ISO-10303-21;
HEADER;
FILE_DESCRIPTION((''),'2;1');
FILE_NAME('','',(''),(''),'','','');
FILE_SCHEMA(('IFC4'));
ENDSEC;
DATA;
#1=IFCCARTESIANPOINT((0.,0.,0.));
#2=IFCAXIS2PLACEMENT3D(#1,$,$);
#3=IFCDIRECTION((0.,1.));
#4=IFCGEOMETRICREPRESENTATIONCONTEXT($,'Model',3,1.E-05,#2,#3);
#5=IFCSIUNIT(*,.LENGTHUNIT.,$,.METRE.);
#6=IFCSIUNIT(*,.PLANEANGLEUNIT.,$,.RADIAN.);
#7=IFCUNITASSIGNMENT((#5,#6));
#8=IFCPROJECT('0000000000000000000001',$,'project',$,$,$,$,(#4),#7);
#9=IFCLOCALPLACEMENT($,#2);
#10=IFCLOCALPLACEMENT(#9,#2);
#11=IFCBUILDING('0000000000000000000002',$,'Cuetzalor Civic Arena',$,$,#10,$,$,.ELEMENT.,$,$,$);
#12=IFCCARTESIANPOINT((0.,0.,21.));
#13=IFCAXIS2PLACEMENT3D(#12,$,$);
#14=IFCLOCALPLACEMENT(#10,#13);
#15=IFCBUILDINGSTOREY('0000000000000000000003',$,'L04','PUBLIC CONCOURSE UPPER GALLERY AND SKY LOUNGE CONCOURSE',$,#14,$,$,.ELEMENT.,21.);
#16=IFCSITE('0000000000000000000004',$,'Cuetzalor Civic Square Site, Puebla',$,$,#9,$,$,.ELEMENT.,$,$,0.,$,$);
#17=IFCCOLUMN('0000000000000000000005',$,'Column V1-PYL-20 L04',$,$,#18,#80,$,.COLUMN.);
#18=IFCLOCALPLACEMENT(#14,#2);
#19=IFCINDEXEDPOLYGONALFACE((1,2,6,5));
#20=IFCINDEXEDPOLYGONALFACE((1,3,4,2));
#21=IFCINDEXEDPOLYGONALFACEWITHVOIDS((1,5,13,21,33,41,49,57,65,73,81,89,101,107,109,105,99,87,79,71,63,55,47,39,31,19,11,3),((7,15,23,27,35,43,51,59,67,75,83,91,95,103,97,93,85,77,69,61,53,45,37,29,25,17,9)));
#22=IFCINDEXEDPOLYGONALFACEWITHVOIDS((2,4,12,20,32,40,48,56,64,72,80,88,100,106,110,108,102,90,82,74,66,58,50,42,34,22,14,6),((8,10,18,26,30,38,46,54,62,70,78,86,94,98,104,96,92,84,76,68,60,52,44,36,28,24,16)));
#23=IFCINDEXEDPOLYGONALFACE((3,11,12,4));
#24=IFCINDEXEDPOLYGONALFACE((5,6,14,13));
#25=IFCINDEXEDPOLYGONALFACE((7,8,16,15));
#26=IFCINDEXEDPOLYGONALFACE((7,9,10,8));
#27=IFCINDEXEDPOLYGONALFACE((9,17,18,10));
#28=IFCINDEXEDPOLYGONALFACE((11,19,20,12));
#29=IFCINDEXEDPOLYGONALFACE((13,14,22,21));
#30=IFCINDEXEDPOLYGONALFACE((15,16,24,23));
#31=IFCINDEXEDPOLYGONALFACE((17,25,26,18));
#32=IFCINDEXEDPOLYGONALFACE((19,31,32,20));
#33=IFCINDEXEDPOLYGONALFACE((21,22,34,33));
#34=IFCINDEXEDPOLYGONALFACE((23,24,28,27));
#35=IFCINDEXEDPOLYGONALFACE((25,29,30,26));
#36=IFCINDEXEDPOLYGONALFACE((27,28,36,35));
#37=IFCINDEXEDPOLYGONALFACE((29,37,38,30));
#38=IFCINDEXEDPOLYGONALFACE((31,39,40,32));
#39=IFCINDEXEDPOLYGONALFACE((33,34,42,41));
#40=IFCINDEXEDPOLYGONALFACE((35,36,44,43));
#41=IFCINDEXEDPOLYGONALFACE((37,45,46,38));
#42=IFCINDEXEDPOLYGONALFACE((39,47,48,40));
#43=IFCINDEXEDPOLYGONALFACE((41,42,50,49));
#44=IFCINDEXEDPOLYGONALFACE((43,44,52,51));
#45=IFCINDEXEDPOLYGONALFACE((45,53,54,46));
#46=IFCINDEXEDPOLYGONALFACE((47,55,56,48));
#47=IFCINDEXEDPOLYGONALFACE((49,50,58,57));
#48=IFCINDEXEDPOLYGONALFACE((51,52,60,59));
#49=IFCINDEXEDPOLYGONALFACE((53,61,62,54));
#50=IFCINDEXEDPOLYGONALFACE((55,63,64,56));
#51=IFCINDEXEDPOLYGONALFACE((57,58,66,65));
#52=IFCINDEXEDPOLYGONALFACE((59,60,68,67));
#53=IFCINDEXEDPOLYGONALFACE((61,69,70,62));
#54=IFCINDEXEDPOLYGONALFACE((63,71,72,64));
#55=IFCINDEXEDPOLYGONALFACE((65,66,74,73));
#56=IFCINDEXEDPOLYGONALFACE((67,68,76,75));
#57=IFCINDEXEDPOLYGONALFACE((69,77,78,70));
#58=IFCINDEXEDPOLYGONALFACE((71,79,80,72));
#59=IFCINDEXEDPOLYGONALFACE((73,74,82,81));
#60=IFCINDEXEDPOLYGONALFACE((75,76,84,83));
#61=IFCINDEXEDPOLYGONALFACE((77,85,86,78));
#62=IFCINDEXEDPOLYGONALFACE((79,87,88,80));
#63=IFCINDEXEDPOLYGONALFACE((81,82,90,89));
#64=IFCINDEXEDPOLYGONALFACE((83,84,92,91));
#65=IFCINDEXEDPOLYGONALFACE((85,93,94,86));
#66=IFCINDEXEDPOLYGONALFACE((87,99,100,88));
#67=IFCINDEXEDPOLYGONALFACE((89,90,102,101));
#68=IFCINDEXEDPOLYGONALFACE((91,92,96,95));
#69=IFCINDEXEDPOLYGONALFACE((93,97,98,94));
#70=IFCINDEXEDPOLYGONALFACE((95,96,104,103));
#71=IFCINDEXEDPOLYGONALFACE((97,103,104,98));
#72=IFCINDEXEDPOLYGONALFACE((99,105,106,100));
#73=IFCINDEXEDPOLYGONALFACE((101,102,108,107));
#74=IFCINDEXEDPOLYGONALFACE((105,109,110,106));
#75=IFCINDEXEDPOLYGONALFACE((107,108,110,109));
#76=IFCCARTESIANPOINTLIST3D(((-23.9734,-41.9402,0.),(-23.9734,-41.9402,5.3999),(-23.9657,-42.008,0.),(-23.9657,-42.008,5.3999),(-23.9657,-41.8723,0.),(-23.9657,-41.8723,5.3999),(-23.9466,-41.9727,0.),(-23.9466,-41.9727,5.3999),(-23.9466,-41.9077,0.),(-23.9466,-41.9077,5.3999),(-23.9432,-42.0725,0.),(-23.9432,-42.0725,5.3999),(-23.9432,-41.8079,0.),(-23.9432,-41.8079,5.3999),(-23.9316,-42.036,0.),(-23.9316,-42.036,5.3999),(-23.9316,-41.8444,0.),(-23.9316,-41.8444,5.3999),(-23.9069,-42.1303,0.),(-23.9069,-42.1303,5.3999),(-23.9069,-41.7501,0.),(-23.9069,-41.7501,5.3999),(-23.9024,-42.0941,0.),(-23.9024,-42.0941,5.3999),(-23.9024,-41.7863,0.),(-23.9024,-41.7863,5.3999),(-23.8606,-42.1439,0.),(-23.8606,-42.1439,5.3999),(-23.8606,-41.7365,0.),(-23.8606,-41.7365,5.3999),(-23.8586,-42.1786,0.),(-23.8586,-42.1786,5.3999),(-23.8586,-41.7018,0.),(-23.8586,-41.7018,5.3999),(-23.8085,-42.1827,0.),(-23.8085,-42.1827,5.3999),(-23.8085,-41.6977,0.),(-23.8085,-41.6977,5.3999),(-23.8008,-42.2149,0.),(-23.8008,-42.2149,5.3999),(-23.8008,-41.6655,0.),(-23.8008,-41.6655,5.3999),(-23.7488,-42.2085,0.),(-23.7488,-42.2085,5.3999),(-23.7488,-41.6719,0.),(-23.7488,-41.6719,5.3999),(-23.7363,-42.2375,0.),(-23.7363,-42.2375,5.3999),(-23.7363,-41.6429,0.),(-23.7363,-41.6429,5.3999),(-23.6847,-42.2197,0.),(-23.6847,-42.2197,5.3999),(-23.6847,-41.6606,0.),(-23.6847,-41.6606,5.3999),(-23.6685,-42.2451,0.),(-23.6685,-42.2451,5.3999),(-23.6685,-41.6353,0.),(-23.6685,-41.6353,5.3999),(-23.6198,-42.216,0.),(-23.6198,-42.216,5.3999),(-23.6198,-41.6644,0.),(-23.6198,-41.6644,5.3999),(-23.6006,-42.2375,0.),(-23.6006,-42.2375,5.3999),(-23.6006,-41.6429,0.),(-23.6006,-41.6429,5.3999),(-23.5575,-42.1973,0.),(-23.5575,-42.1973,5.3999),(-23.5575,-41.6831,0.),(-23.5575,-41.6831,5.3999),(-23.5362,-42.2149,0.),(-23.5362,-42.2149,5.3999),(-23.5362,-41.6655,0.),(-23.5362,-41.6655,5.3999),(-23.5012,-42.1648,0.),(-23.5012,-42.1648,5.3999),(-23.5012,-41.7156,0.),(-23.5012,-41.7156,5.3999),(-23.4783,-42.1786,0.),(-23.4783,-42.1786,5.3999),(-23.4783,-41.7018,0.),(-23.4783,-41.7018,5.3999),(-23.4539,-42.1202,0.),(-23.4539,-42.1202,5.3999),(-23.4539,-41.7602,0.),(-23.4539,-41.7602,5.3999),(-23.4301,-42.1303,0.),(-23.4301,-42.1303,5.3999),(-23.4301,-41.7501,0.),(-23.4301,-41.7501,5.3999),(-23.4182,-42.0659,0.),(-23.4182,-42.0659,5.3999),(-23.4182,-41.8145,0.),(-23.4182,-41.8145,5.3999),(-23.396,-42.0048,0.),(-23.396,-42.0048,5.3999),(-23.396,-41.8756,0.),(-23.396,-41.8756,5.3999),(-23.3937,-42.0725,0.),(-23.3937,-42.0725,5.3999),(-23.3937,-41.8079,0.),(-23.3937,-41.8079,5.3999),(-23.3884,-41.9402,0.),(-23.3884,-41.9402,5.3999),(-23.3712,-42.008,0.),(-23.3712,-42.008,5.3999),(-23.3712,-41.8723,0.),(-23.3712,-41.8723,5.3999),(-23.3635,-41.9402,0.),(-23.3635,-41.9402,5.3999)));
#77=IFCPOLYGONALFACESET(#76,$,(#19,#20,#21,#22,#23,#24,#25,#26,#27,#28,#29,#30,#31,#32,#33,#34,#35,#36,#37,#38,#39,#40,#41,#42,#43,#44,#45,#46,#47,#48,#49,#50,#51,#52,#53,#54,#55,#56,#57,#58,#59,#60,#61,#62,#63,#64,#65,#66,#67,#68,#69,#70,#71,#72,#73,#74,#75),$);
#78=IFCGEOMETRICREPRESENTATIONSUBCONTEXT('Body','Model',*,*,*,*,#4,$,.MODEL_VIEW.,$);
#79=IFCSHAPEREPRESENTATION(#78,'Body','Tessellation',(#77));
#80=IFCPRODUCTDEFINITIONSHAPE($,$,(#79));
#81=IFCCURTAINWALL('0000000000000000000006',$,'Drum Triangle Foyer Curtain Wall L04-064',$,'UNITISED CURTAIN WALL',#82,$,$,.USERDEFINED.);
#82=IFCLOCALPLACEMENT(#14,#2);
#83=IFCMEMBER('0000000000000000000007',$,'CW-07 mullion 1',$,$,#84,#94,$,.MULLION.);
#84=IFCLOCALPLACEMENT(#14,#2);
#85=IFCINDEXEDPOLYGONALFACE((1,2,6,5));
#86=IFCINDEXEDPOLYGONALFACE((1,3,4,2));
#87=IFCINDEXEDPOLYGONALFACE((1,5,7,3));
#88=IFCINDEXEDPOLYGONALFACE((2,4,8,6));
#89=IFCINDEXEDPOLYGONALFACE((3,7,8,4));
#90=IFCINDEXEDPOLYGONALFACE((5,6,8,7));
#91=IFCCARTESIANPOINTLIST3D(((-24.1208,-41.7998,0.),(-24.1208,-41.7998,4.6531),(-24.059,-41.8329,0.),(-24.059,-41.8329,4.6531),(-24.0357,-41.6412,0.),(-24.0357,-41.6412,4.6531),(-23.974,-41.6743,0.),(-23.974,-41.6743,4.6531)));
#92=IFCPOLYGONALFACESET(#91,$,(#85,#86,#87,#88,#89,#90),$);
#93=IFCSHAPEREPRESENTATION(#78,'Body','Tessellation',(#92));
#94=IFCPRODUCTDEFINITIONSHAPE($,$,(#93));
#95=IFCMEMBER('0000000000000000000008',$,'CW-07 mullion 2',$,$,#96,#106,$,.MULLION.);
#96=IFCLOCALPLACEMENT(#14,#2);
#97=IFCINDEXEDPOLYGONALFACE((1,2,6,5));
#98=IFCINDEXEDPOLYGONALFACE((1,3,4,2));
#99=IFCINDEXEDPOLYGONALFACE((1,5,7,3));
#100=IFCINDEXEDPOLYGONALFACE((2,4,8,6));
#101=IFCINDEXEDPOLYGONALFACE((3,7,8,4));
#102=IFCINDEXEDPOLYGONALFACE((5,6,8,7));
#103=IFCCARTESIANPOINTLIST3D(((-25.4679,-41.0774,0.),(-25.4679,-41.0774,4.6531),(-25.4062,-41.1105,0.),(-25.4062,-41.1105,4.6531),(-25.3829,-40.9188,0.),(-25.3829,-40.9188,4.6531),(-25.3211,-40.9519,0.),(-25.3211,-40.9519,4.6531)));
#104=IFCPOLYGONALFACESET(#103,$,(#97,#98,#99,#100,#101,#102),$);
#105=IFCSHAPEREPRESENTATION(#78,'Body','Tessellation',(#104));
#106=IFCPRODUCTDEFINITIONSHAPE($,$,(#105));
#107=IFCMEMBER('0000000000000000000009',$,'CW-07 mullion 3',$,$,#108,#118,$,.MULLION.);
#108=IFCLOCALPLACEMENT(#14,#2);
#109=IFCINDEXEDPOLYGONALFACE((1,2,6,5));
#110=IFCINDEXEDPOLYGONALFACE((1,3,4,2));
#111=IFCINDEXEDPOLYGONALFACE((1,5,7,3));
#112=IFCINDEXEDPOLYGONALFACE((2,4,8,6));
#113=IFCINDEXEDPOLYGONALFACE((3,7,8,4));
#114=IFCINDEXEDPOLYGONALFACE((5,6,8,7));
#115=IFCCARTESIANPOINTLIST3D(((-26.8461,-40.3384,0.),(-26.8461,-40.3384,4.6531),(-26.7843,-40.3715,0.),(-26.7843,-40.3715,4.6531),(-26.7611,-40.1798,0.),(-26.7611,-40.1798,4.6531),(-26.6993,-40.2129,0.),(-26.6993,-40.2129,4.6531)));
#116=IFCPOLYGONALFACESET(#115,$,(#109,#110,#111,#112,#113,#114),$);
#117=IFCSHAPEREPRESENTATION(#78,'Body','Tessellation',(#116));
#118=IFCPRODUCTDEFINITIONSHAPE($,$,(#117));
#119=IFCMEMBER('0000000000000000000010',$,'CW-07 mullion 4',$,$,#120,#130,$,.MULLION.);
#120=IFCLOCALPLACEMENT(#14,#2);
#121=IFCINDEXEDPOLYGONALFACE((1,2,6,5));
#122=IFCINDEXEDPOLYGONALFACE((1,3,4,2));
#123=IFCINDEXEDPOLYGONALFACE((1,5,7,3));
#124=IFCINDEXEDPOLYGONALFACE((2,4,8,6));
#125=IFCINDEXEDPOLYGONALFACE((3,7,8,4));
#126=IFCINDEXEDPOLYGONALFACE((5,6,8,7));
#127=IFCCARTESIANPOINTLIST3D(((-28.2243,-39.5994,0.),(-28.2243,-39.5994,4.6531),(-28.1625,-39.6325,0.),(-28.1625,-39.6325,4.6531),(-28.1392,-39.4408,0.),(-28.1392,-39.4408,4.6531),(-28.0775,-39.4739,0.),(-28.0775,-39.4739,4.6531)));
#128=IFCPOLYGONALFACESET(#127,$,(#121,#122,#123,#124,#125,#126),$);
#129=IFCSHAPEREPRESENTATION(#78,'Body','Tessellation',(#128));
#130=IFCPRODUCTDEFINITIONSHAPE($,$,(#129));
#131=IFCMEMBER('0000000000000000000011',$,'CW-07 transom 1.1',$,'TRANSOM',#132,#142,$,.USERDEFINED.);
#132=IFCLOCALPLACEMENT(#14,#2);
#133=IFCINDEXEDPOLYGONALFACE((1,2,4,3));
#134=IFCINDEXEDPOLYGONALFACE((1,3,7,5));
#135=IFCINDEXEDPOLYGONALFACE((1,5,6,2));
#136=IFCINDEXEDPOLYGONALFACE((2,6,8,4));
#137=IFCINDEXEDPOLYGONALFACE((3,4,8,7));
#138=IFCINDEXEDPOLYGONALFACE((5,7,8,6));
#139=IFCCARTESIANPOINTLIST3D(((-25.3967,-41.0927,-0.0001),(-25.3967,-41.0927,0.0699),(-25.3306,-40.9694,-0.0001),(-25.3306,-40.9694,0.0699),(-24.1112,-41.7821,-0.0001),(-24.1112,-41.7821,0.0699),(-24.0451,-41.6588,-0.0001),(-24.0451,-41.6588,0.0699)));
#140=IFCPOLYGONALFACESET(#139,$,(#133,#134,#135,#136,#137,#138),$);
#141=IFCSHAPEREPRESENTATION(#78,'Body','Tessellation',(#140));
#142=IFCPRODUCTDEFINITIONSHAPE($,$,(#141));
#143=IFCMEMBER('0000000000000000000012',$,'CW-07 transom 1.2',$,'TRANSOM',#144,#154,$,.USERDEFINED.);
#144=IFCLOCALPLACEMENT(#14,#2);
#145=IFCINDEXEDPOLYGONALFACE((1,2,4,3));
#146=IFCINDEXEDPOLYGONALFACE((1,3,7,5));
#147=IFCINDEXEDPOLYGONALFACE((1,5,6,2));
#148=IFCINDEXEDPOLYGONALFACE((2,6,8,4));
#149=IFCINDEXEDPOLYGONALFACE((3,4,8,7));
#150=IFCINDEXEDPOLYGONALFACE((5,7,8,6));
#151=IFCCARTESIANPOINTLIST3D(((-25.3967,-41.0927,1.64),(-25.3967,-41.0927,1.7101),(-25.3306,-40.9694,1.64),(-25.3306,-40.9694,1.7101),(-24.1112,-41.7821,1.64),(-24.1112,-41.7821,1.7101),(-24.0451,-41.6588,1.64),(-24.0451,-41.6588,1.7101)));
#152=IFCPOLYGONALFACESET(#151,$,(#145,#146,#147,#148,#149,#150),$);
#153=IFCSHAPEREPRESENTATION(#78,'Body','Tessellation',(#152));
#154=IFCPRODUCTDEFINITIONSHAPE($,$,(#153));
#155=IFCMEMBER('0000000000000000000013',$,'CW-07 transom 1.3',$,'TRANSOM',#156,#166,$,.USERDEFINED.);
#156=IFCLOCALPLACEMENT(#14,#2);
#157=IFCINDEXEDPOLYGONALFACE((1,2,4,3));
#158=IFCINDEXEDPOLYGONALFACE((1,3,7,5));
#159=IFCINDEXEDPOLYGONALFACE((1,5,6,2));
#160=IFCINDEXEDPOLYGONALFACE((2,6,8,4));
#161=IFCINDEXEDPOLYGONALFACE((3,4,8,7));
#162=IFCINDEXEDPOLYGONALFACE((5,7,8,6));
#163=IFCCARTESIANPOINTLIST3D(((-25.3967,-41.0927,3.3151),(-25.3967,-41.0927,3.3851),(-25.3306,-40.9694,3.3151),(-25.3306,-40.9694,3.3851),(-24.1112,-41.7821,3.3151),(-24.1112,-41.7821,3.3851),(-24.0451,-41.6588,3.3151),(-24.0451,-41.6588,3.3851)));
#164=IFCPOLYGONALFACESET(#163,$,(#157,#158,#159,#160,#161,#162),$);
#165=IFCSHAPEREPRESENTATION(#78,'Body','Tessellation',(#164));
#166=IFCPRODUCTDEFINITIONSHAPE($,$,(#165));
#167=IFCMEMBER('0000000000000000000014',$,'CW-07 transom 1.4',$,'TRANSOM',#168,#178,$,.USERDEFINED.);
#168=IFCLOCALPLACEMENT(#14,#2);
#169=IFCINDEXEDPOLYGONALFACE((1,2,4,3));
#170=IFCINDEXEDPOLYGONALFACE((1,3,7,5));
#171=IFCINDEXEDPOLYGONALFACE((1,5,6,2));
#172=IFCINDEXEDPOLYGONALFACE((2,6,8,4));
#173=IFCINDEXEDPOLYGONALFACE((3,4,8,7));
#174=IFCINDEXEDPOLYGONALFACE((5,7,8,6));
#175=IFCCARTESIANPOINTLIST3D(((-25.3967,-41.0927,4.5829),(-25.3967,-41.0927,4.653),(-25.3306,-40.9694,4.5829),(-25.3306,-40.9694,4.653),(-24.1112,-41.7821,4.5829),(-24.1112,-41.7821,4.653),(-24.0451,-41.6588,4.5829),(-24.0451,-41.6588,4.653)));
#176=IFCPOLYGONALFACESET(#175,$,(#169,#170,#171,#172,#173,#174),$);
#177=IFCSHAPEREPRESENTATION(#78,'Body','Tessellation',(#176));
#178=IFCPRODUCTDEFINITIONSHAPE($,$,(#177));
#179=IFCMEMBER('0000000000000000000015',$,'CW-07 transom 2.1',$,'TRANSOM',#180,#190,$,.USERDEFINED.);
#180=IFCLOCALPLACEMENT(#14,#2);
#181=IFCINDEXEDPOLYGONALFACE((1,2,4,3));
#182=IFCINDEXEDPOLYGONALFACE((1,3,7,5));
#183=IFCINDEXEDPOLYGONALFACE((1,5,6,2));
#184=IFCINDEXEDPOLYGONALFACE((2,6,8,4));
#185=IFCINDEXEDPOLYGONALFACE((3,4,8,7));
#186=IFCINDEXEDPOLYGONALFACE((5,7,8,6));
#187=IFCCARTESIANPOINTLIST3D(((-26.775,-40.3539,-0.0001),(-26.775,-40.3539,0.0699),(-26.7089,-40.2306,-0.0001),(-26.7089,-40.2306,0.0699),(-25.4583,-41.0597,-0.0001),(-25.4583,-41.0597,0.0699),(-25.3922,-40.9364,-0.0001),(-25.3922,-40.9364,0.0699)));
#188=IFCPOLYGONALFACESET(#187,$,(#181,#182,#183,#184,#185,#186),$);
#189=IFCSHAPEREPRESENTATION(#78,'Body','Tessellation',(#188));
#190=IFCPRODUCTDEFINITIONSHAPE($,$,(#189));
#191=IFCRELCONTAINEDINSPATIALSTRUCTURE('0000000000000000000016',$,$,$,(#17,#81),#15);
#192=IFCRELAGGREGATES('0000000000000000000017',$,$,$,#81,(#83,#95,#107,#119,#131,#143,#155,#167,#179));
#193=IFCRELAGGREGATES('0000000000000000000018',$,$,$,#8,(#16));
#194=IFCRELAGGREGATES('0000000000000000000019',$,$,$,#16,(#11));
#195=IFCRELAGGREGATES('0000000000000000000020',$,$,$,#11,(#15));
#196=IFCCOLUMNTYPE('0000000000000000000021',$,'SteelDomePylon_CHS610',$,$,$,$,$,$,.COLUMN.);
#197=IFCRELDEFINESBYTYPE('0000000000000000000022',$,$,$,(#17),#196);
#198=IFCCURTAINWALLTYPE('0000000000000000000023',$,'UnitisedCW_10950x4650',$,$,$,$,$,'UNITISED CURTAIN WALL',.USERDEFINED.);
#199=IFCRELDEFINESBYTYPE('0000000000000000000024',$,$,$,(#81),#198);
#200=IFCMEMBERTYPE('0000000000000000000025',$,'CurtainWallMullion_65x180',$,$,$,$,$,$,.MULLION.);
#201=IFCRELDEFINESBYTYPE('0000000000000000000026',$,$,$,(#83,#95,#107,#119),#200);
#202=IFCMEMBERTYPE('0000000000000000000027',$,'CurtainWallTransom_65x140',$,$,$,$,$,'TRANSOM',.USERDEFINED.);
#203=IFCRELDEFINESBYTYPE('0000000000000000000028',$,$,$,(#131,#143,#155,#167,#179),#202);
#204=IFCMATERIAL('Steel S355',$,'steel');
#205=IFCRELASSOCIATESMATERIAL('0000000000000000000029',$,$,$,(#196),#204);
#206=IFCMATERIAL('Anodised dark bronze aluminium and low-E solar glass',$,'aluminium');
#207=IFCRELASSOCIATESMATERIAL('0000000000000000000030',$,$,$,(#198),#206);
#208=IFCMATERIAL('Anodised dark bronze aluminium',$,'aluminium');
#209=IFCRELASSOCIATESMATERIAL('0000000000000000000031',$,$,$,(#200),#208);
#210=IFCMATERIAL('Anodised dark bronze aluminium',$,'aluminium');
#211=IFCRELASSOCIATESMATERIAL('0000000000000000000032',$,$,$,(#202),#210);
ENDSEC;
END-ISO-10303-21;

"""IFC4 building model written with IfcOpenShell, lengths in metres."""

from ifc_helpers import new_model, si_unit, direction, frame, origin, origin_2d, place, context, subcontext, project, spatial, rectangle, hollow_circle, extrude, material, material_profile, profile_set, type_object, element, aggregate, save


model = new_model("IFC4")

# Units and contexts
model_context = context("Model", 3, precision=1e-05, world=origin(), true_north=direction((0.0, 1.0)))
body_context = subcontext(model_context, "Body", "Model", "MODEL_VIEW")
ifc_project = project(units=[si_unit("LENGTHUNIT", "METRE"), si_unit("PLANEANGLEUNIT", "RADIAN")], contexts=[model_context])

# Site, building, storey
site_placement = place(None, origin())
site = spatial("IfcSite", under=ifc_project, at=site_placement, Name="Cuetzalor Civic Square Site, Puebla", CompositionType="ELEMENT", RefElevation=0.0)
building_placement = place(site_placement, origin())
building = spatial("IfcBuilding", under=site, at=building_placement, Name="Cuetzalor Civic Arena", CompositionType="ELEMENT")
storey_placement = place(building_placement, frame((0.0, 0.0, 21.0)))
storey = spatial("IfcBuildingStorey", under=building, at=storey_placement, Name="L04", Description="PUBLIC CONCOURSE UPPER GALLERY AND SKY LOUNGE CONCOURSE", CompositionType="ELEMENT", Elevation=21.0)

# Column
ifc_material_1 = material(Name="Steel S355", Category="steel")
ifc_material_profile_1 = material_profile(ifc_material_1, hollow_circle(Radius=0.3049, WallThickness=0.0249, at=origin_2d()), Name="CHS 610x25")
ifc_profile_set_1 = profile_set([ifc_material_profile_1], Name="Steel S355")
column_type = type_object("IfcColumnType", Name="SteelDomePylon_CHS610", PredefinedType="COLUMN", material=ifc_profile_set_1)
column_placement = place(storey_placement, frame((-23.6685, -41.9402, 0.0), z_axis=(0.0, 0.0, 1.0), x_axis=(1.0, 0.0, 0.0)))
element("IfcColumn", 1, at=column_placement, inside=storey, type_object=column_type, Name="Column V1-PYL-20 L04", PredefinedType="COLUMN", context=body_context, shape_type="SweptSolid", body=[
    extrude(hollow_circle(Radius=0.3049, WallThickness=0.0249, at=origin_2d()), origin(), (0.0, 0.0, 1.0), 5.3999),
])

# Curtain wall, members
ifc_material_2 = material(Name="Anodised dark bronze aluminium and low-E solar glass", Category="aluminium")
curtain_wall_type = type_object("IfcCurtainWallType", Name="UnitisedCW_10950x4650", ElementType="UNITISED CURTAIN WALL", PredefinedType="USERDEFINED", material=ifc_material_2)
curtain_wall_placement = place(storey_placement, origin())
curtain_wall = element("IfcCurtainWall", 2, at=curtain_wall_placement, inside=storey, type_object=curtain_wall_type, Name="Drum Triangle Foyer Curtain Wall L04-064", ObjectType="UNITISED CURTAIN WALL", PredefinedType="USERDEFINED")
ifc_material_3 = material(Name="Anodised dark bronze aluminium", Category="aluminium")
ifc_material_profile_2 = material_profile(ifc_material_3, rectangle(XDim=0.0701, YDim=0.1799, at=origin_2d()), Name="ALU MULLION 70x180")
ifc_profile_set_2 = profile_set([ifc_material_profile_2], Name="Anodised dark bronze aluminium")
member_type_1 = type_object("IfcMemberType", Name="CurtainWallMullion_65x180", PredefinedType="MULLION", material=ifc_profile_set_2)
member_1_placement = place(storey_placement, frame((-24.0474, -41.7371, 0.0), z_axis=(0.0, 0.0, 1.0), x_axis=(-0.881306, 0.472545, 0.0)))
member_1 = element("IfcMember", 3, at=member_1_placement, type_object=member_type_1, Name="CW-07 mullion 1", PredefinedType="MULLION", context=body_context, shape_type="SweptSolid", body=[
    extrude(rectangle(XDim=0.0701, YDim=0.1799, at=origin_2d()), origin(), (0.0, 0.0, 1.0), 4.6531),
])
member_2_placement = place(storey_placement, frame((-25.3945, -41.0146, 0.0), z_axis=(0.0, 0.0, 1.0), x_axis=(-0.881306, 0.472545, 0.0)))
member_2 = element("IfcMember", 4, at=member_2_placement, type_object=member_type_1, Name="CW-07 mullion 2", PredefinedType="MULLION", context=body_context, shape_type="SweptSolid", body=[
    extrude(rectangle(XDim=0.0701, YDim=0.1799, at=origin_2d()), origin(), (0.0, 0.0, 1.0), 4.6531),
])
member_3_placement = place(storey_placement, frame((-26.7727, -40.2756, 0.0), z_axis=(0.0, 0.0, 1.0), x_axis=(-0.881306, 0.472545, 0.0)))
member_3 = element("IfcMember", 5, at=member_3_placement, type_object=member_type_1, Name="CW-07 mullion 3", PredefinedType="MULLION", context=body_context, shape_type="SweptSolid", body=[
    extrude(rectangle(XDim=0.0701, YDim=0.1799, at=origin_2d()), origin(), (0.0, 0.0, 1.0), 4.6531),
])
member_4_placement = place(storey_placement, frame((-28.1509, -39.5366, 0.0), z_axis=(0.0, 0.0, 1.0), x_axis=(-0.881306, 0.472545, 0.0)))
member_4 = element("IfcMember", 6, at=member_4_placement, type_object=member_type_1, Name="CW-07 mullion 4", PredefinedType="MULLION", context=body_context, shape_type="SweptSolid", body=[
    extrude(rectangle(XDim=0.0701, YDim=0.1799, at=origin_2d()), origin(), (0.0, 0.0, 1.0), 4.6531),
])
ifc_material_4 = material(Name="Anodised dark bronze aluminium", Category="aluminium")
ifc_material_profile_3 = material_profile(ifc_material_4, rectangle(XDim=0.1399, YDim=0.0701, at=origin_2d()), Name="ALU TRANSOM 70x140")
ifc_profile_set_3 = profile_set([ifc_material_profile_3], Name="Anodised dark bronze aluminium")
member_type_2 = type_object("IfcMemberType", Name="CurtainWallTransom_65x140", ElementType="TRANSOM", PredefinedType="USERDEFINED", material=ifc_profile_set_3)
member_5_placement = place(storey_placement, frame((-24.0781, -41.7205, 0.0349), z_axis=(-0.881276, 0.472602, 0.0), x_axis=(-0.472602, -0.881276, 0.0)))
member_5 = element("IfcMember", 7, at=member_5_placement, type_object=member_type_2, Name="CW-07 transom 1.1", ObjectType="TRANSOM", PredefinedType="USERDEFINED", context=body_context, shape_type="SweptSolid", body=[
    extrude(rectangle(XDim=0.1399, YDim=0.0701, at=origin_2d()), origin(), (0.0, 0.0, 1.0), 1.4587),
])
member_6_placement = place(storey_placement, frame((-24.0781, -41.7205, 1.675), z_axis=(-0.881276, 0.472602, 0.0), x_axis=(-0.472602, -0.881276, 0.0)))
member_6 = element("IfcMember", 8, at=member_6_placement, type_object=member_type_2, Name="CW-07 transom 1.2", ObjectType="TRANSOM", PredefinedType="USERDEFINED", context=body_context, shape_type="SweptSolid", body=[
    extrude(rectangle(XDim=0.1399, YDim=0.0701, at=origin_2d()), origin(), (0.0, 0.0, 1.0), 1.4587),
])
member_7_placement = place(storey_placement, frame((-24.0781, -41.7205, 3.3501), z_axis=(-0.881276, 0.472602, 0.0), x_axis=(-0.472602, -0.881276, 0.0)))
member_7 = element("IfcMember", 9, at=member_7_placement, type_object=member_type_2, Name="CW-07 transom 1.3", ObjectType="TRANSOM", PredefinedType="USERDEFINED", context=body_context, shape_type="SweptSolid", body=[
    extrude(rectangle(XDim=0.1399, YDim=0.0701, at=origin_2d()), origin(), (0.0, 0.0, 1.0), 1.4587),
])
member_8_placement = place(storey_placement, frame((-24.0781, -41.7205, 4.6179), z_axis=(-0.881276, 0.472602, 0.0), x_axis=(-0.472602, -0.881276, 0.0)))
member_8 = element("IfcMember", 10, at=member_8_placement, type_object=member_type_2, Name="CW-07 transom 1.4", ObjectType="TRANSOM", PredefinedType="USERDEFINED", context=body_context, shape_type="SweptSolid", body=[
    extrude(rectangle(XDim=0.1399, YDim=0.0701, at=origin_2d()), origin(), (0.0, 0.0, 1.0), 1.4587),
])
member_9_placement = place(storey_placement, frame((-25.4253, -40.998, 0.0349), z_axis=(-0.881351, 0.472462, 0.0), x_axis=(-0.472462, -0.881351, 0.0)))
member_9 = element("IfcMember", 11, at=member_9_placement, type_object=member_type_2, Name="CW-07 transom 2.1", ObjectType="TRANSOM", PredefinedType="USERDEFINED", context=body_context, shape_type="SweptSolid", body=[
    extrude(rectangle(XDim=0.1399, YDim=0.0701, at=origin_2d()), origin(), (0.0, 0.0, 1.0), 1.4939),
])

aggregate(curtain_wall, [member_1, member_2, member_3, member_4, member_5, member_6, member_7, member_8, member_9])

save(model, "model.ifc")
